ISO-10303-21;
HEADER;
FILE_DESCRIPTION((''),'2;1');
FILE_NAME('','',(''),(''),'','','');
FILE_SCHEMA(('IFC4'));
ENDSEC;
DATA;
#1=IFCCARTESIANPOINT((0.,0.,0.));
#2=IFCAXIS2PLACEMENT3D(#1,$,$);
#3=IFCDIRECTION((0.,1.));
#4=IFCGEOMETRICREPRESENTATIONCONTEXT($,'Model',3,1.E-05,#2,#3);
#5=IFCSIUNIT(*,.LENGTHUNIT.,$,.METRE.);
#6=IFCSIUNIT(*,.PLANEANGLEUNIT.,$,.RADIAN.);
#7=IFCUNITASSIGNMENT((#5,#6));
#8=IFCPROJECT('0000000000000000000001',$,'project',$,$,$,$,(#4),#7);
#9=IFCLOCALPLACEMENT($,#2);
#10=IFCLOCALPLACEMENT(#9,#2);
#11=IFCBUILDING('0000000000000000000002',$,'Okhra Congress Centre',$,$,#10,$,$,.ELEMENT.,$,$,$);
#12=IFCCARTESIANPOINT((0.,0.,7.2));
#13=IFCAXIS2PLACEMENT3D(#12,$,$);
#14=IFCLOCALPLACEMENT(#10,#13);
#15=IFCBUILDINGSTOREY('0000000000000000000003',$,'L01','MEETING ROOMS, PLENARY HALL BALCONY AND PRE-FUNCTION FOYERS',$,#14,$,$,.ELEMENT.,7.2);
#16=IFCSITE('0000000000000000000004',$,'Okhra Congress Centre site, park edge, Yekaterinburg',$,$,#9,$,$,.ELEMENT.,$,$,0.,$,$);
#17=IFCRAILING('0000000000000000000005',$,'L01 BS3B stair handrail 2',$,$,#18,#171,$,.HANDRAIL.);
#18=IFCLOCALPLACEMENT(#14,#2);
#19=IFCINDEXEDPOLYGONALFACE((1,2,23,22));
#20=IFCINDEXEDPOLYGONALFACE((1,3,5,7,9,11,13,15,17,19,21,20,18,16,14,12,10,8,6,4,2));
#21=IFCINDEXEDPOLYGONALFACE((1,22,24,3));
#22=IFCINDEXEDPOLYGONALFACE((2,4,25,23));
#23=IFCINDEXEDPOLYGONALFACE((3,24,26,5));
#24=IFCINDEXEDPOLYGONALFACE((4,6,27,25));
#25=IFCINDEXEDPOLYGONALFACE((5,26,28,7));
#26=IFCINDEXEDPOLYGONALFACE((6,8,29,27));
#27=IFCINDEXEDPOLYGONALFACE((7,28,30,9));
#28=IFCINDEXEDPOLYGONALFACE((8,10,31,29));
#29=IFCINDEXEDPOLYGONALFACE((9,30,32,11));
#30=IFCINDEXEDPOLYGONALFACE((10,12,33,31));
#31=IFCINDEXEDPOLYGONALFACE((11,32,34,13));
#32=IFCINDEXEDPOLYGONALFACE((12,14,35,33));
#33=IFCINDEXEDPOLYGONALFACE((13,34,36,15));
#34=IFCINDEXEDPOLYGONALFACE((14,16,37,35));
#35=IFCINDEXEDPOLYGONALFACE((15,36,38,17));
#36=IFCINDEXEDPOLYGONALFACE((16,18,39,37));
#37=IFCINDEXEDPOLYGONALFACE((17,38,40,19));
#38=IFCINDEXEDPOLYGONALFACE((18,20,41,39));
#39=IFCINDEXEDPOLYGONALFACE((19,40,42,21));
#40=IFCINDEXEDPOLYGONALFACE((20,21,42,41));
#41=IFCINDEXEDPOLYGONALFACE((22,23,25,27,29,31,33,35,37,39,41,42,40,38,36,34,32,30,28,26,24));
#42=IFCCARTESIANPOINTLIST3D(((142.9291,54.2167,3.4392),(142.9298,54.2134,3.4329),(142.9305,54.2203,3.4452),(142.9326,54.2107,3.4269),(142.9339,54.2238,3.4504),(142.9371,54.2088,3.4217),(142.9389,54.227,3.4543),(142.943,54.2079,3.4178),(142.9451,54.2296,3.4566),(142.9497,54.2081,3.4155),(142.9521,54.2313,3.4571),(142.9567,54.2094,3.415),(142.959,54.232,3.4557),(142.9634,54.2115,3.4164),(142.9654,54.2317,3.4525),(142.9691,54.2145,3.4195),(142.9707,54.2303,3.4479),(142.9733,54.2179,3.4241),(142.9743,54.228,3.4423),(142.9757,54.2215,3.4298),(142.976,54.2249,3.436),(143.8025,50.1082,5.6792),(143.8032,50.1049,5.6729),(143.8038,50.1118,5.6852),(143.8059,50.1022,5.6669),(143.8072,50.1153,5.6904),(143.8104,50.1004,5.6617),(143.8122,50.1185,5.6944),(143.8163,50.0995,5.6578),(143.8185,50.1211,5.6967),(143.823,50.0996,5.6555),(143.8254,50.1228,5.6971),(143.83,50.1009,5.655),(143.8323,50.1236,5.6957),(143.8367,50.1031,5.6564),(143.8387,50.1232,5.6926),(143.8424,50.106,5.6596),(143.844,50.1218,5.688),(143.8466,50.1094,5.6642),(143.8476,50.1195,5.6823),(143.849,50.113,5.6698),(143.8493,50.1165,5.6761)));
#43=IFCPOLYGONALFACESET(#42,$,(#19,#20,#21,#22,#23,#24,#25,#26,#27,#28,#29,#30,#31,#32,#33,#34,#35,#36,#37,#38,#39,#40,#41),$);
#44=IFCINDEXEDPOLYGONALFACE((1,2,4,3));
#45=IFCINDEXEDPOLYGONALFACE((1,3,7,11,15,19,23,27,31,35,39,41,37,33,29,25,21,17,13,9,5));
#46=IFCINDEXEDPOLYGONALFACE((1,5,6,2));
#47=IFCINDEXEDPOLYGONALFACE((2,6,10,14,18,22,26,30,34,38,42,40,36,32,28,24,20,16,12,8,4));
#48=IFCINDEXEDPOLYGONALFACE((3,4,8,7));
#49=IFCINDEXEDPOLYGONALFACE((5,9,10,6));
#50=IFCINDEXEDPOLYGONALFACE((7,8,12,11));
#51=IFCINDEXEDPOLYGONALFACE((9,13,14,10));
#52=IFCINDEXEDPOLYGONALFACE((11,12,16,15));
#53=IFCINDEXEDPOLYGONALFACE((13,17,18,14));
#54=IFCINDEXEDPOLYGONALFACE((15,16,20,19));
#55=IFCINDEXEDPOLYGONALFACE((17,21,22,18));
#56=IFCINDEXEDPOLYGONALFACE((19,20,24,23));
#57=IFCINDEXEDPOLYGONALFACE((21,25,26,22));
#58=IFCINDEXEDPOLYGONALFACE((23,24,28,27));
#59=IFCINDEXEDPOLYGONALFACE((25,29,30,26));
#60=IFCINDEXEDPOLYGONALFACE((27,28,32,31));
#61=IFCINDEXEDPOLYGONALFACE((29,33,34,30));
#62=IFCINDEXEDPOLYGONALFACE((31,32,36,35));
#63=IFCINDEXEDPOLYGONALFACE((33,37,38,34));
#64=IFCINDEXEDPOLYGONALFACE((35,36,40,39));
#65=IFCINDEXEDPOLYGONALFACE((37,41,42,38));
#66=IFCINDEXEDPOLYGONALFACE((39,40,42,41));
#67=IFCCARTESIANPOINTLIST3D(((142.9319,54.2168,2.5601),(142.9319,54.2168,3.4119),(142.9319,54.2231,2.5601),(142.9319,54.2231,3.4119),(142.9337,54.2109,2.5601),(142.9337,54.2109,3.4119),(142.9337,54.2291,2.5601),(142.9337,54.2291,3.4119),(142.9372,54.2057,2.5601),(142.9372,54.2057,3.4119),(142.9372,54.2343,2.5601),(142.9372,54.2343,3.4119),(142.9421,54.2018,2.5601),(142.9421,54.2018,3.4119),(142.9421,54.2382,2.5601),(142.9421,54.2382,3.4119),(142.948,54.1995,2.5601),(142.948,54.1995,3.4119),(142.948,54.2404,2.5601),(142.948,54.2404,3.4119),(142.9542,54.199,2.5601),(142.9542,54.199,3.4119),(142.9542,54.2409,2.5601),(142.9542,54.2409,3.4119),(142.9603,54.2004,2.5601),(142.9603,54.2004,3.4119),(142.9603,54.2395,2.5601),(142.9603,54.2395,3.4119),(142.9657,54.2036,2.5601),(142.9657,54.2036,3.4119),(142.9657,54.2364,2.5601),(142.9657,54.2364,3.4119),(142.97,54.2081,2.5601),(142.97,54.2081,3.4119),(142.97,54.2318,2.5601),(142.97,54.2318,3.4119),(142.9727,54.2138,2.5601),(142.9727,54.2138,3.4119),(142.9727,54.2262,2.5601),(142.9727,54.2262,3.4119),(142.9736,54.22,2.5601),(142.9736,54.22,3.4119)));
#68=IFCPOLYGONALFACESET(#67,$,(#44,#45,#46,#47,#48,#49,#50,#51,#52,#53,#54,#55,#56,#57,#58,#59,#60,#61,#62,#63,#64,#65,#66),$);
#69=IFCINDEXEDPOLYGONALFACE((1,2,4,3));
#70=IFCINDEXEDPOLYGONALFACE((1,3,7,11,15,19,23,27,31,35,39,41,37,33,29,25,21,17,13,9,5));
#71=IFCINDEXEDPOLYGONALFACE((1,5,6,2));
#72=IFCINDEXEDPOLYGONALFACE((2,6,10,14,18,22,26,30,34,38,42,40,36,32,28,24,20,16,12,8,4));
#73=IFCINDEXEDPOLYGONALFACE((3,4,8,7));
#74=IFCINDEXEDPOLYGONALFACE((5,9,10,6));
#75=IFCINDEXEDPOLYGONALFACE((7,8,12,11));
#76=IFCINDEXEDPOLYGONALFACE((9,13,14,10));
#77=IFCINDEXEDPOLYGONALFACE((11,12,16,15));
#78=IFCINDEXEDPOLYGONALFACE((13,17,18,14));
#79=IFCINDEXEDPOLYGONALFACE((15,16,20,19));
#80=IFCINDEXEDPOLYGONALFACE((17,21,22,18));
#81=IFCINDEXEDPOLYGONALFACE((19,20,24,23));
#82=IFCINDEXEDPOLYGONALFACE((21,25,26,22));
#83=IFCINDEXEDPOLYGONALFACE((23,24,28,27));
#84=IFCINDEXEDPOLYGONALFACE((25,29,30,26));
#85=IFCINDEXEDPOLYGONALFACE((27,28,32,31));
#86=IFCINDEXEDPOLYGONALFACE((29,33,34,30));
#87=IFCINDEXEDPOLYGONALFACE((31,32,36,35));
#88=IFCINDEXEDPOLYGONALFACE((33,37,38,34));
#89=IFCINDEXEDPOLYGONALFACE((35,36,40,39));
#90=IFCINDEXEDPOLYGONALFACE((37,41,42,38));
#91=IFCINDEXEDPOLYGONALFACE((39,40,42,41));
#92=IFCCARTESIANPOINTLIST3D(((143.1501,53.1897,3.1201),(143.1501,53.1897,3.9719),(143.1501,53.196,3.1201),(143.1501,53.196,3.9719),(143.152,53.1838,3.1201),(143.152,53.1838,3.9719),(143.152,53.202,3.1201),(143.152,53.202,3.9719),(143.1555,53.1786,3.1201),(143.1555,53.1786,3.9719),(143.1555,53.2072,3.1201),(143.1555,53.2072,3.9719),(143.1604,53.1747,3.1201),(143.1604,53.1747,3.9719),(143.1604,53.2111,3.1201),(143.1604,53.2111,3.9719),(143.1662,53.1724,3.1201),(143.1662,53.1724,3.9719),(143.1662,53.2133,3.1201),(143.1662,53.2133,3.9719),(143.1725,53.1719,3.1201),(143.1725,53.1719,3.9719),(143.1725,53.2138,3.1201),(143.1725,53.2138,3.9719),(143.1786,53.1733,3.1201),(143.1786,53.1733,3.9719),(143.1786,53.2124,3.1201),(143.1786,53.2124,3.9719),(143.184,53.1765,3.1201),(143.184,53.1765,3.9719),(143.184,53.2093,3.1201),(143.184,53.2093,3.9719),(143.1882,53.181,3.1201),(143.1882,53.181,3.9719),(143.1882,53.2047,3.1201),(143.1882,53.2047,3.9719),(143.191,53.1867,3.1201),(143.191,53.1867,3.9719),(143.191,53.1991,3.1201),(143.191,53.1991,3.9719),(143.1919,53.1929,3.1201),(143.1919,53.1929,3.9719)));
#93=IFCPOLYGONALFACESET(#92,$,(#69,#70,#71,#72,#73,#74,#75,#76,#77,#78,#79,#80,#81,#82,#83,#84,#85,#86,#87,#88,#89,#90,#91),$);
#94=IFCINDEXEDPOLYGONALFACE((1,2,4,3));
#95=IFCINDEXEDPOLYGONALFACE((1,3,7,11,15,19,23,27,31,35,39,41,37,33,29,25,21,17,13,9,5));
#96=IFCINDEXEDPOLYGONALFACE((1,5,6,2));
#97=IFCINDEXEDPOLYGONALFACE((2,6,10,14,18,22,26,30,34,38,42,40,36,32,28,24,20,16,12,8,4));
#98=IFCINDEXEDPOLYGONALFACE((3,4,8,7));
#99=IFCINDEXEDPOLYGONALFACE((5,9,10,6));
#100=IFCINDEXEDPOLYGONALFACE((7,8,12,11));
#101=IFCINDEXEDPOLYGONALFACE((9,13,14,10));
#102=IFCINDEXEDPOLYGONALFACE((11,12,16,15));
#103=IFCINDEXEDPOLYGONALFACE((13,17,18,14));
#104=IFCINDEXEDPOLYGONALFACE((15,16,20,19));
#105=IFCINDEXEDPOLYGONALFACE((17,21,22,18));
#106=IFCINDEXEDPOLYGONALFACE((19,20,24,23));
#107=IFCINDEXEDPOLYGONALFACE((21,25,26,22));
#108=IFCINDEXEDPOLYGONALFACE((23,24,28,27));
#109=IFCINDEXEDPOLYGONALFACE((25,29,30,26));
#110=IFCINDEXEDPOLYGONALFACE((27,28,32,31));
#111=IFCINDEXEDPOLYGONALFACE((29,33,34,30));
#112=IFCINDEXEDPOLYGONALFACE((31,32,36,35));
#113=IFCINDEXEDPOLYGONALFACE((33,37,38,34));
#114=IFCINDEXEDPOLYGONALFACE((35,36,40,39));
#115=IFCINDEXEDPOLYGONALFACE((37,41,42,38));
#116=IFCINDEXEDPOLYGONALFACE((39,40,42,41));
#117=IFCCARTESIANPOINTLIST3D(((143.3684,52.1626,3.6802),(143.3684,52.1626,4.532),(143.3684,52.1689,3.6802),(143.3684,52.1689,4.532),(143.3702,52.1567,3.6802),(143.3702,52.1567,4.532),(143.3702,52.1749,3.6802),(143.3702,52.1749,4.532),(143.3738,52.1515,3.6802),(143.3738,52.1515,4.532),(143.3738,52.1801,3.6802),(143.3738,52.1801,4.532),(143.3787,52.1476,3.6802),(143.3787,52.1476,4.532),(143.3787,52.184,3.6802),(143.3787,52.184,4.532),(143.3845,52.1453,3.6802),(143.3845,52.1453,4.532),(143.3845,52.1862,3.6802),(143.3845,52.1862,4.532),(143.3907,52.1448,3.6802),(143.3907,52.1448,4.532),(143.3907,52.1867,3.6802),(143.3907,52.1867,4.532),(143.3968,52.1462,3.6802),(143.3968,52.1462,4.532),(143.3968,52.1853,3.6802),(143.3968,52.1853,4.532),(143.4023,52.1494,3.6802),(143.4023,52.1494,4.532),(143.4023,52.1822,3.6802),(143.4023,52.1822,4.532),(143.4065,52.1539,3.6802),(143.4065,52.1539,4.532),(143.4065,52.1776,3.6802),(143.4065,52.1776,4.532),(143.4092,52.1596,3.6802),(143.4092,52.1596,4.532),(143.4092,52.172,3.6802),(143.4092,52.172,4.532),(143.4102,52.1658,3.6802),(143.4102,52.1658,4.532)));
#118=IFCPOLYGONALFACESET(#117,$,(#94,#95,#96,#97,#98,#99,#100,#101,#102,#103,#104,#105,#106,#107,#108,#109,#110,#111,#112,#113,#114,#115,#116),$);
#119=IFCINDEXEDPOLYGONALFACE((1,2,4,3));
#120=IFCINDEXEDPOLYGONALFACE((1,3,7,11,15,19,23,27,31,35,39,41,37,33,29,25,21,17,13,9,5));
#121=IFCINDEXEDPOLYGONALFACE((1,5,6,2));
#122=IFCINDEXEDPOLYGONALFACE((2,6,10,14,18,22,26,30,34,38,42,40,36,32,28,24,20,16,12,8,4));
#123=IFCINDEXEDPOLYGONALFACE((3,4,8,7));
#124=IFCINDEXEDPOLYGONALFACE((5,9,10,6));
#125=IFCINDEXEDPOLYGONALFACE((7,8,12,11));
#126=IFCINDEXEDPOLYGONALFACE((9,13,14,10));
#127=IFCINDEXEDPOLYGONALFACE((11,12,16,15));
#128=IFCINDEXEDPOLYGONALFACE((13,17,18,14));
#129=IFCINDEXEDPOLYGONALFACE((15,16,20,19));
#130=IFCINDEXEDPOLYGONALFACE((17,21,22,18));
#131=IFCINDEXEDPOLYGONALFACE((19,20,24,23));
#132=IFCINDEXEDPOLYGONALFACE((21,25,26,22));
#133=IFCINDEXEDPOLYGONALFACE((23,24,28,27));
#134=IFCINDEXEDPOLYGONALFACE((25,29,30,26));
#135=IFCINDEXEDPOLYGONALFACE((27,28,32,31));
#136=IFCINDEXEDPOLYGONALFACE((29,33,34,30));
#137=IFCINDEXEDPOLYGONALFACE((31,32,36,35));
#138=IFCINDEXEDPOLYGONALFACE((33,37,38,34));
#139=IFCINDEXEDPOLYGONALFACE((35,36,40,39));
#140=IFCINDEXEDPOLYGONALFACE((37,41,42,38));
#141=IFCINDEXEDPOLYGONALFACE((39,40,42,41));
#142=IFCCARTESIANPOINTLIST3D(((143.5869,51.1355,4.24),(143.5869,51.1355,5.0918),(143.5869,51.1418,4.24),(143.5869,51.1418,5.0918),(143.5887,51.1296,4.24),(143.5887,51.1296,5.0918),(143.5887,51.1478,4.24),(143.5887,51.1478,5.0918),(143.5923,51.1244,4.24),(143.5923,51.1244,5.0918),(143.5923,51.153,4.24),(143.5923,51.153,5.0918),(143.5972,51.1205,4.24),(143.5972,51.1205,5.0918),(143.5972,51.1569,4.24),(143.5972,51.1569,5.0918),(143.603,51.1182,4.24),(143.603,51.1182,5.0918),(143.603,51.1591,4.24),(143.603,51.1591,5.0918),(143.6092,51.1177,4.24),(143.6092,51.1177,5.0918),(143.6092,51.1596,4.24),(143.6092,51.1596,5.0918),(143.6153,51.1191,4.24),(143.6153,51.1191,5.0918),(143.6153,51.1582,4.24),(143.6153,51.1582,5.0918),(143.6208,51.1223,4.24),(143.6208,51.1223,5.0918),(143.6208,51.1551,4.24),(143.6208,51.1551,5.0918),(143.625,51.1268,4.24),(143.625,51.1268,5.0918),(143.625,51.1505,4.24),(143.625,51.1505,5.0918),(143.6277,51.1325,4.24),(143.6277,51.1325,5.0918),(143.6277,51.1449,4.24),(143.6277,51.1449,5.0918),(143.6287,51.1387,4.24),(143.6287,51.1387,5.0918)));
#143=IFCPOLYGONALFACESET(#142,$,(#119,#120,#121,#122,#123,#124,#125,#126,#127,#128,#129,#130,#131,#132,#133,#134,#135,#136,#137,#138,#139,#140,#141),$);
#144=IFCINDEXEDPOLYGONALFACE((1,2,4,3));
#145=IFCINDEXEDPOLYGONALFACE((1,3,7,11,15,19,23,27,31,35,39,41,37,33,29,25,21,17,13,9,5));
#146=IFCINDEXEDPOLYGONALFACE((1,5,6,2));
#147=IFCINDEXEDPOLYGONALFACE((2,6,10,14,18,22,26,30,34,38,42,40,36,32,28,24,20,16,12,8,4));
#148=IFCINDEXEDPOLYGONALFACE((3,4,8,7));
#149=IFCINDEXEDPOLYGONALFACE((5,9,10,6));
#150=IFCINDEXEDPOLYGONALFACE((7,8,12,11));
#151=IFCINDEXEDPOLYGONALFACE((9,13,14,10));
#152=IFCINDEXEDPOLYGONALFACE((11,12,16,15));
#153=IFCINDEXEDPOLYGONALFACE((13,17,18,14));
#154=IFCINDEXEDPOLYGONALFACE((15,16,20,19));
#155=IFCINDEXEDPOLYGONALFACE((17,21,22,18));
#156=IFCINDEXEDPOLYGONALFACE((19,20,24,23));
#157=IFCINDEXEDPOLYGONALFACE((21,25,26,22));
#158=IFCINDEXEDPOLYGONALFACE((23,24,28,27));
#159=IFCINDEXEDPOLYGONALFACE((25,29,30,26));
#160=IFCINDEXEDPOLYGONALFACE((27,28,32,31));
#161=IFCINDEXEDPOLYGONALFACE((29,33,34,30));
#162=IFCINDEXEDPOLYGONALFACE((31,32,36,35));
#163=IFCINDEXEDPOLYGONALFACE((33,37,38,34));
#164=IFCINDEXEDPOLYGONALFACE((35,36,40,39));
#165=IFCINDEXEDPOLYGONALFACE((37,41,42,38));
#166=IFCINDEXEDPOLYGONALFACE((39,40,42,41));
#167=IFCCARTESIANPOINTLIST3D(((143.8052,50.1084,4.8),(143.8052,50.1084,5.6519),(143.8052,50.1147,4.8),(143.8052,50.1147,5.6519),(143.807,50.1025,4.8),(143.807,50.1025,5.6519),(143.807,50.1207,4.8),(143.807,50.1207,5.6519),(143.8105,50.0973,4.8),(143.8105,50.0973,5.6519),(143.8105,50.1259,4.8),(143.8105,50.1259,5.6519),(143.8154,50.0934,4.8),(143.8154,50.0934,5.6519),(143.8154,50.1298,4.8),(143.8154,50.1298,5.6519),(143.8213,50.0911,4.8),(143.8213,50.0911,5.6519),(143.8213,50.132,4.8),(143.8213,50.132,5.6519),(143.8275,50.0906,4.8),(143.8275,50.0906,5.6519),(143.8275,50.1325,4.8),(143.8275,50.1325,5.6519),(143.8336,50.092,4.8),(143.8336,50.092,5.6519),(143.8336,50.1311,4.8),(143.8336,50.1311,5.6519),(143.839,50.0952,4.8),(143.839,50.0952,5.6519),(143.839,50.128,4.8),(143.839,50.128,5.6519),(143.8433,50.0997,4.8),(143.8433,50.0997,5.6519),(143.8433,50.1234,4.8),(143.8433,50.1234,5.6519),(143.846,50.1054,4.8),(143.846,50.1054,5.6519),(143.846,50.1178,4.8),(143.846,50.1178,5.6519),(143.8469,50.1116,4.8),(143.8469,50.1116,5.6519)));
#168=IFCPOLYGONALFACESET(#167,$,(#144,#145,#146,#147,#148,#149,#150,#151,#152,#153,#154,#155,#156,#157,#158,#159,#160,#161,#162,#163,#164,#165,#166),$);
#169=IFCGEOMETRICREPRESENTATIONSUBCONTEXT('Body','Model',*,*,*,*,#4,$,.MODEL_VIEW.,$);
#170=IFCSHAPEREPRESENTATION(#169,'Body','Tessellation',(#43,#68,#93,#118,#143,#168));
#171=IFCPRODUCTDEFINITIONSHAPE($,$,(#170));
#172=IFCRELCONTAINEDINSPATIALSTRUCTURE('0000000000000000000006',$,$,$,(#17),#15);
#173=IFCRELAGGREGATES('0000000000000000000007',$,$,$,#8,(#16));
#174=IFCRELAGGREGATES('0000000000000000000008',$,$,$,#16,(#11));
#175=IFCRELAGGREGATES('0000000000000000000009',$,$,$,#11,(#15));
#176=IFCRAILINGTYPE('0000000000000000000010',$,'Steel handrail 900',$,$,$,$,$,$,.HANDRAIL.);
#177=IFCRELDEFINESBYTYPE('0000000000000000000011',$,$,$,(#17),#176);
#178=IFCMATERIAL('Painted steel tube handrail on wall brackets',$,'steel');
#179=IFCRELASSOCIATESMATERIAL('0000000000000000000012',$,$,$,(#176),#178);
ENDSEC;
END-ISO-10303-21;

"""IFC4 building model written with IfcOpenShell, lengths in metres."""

from ifc_helpers import new_model, si_unit, direction, frame, origin, origin_2d, place, context, subcontext, project, spatial, circle, extrude, material, type_object, element, save


model = new_model("IFC4")

# Units and contexts
model_context = context("Model", 3, precision=1e-05, world=origin(), true_north=direction((0.0, 1.0)))
body_context = subcontext(model_context, "Body", "Model", "MODEL_VIEW")
ifc_project = project(units=[si_unit("LENGTHUNIT", "METRE"), si_unit("PLANEANGLEUNIT", "RADIAN")], contexts=[model_context])

# Site, building, storey
site_placement = place(None, origin())
site = spatial("IfcSite", under=ifc_project, at=site_placement, Name="Okhra Congress Centre site, park edge, Yekaterinburg", CompositionType="ELEMENT", RefElevation=0.0)
building_placement = place(site_placement, origin())
building = spatial("IfcBuilding", under=site, at=building_placement, Name="Okhra Congress Centre", CompositionType="ELEMENT")
storey_placement = place(building_placement, frame((0.0, 0.0, 7.2)))
storey = spatial("IfcBuildingStorey", under=building, at=storey_placement, Name="L01", Description="MEETING ROOMS, PLENARY HALL BALCONY AND PRE-FUNCTION FOYERS", CompositionType="ELEMENT", Elevation=7.2)

# Railing
ifc_material_1 = material(Name="Painted steel tube handrail on wall brackets", Category="steel")
railing_type_1 = type_object("IfcRailingType", Name="Steel handrail 900", PredefinedType="HANDRAIL", material=ifc_material_1)
railing_1_placement = place(storey_placement, frame((142.9526, 54.22, 2.5601)))
element("IfcRailing", 1, at=railing_1_placement, inside=storey, type_object=railing_type_1, Name="L01 BS3B stair handrail 2", PredefinedType="HANDRAIL", context=body_context, shape_type="SweptSolid", body=[
    extrude(circle(Radius=0.0239, at=origin_2d()), frame((0.0, 0.0, 0.876), z_axis=(0.183458, -0.86308, 0.47057), x_axis=(0.978146, 0.207917, 0.0)), (0.0, 0.0, 1.0), 4.7603),
    extrude(circle(Radius=0.021, at=origin_2d()), origin(), (0.0, 0.0, 1.0), 0.8518),
    extrude(circle(Radius=0.021, at=origin_2d()), frame((0.2183, -1.0271, 0.5601)), (0.0, 0.0, 1.0), 0.8518),
    extrude(circle(Radius=0.021, at=origin_2d()), frame((0.4365, -2.0542, 1.1201)), (0.0, 0.0, 1.0), 0.8518),
    extrude(circle(Radius=0.021, at=origin_2d()), frame((0.655, -3.0813, 1.6799)), (0.0, 0.0, 1.0), 0.8518),
    extrude(circle(Radius=0.021, at=origin_2d()), frame((0.8733, -4.1084, 2.24)), (0.0, 0.0, 1.0), 0.8518),
])

save(model, "model.ifc")
